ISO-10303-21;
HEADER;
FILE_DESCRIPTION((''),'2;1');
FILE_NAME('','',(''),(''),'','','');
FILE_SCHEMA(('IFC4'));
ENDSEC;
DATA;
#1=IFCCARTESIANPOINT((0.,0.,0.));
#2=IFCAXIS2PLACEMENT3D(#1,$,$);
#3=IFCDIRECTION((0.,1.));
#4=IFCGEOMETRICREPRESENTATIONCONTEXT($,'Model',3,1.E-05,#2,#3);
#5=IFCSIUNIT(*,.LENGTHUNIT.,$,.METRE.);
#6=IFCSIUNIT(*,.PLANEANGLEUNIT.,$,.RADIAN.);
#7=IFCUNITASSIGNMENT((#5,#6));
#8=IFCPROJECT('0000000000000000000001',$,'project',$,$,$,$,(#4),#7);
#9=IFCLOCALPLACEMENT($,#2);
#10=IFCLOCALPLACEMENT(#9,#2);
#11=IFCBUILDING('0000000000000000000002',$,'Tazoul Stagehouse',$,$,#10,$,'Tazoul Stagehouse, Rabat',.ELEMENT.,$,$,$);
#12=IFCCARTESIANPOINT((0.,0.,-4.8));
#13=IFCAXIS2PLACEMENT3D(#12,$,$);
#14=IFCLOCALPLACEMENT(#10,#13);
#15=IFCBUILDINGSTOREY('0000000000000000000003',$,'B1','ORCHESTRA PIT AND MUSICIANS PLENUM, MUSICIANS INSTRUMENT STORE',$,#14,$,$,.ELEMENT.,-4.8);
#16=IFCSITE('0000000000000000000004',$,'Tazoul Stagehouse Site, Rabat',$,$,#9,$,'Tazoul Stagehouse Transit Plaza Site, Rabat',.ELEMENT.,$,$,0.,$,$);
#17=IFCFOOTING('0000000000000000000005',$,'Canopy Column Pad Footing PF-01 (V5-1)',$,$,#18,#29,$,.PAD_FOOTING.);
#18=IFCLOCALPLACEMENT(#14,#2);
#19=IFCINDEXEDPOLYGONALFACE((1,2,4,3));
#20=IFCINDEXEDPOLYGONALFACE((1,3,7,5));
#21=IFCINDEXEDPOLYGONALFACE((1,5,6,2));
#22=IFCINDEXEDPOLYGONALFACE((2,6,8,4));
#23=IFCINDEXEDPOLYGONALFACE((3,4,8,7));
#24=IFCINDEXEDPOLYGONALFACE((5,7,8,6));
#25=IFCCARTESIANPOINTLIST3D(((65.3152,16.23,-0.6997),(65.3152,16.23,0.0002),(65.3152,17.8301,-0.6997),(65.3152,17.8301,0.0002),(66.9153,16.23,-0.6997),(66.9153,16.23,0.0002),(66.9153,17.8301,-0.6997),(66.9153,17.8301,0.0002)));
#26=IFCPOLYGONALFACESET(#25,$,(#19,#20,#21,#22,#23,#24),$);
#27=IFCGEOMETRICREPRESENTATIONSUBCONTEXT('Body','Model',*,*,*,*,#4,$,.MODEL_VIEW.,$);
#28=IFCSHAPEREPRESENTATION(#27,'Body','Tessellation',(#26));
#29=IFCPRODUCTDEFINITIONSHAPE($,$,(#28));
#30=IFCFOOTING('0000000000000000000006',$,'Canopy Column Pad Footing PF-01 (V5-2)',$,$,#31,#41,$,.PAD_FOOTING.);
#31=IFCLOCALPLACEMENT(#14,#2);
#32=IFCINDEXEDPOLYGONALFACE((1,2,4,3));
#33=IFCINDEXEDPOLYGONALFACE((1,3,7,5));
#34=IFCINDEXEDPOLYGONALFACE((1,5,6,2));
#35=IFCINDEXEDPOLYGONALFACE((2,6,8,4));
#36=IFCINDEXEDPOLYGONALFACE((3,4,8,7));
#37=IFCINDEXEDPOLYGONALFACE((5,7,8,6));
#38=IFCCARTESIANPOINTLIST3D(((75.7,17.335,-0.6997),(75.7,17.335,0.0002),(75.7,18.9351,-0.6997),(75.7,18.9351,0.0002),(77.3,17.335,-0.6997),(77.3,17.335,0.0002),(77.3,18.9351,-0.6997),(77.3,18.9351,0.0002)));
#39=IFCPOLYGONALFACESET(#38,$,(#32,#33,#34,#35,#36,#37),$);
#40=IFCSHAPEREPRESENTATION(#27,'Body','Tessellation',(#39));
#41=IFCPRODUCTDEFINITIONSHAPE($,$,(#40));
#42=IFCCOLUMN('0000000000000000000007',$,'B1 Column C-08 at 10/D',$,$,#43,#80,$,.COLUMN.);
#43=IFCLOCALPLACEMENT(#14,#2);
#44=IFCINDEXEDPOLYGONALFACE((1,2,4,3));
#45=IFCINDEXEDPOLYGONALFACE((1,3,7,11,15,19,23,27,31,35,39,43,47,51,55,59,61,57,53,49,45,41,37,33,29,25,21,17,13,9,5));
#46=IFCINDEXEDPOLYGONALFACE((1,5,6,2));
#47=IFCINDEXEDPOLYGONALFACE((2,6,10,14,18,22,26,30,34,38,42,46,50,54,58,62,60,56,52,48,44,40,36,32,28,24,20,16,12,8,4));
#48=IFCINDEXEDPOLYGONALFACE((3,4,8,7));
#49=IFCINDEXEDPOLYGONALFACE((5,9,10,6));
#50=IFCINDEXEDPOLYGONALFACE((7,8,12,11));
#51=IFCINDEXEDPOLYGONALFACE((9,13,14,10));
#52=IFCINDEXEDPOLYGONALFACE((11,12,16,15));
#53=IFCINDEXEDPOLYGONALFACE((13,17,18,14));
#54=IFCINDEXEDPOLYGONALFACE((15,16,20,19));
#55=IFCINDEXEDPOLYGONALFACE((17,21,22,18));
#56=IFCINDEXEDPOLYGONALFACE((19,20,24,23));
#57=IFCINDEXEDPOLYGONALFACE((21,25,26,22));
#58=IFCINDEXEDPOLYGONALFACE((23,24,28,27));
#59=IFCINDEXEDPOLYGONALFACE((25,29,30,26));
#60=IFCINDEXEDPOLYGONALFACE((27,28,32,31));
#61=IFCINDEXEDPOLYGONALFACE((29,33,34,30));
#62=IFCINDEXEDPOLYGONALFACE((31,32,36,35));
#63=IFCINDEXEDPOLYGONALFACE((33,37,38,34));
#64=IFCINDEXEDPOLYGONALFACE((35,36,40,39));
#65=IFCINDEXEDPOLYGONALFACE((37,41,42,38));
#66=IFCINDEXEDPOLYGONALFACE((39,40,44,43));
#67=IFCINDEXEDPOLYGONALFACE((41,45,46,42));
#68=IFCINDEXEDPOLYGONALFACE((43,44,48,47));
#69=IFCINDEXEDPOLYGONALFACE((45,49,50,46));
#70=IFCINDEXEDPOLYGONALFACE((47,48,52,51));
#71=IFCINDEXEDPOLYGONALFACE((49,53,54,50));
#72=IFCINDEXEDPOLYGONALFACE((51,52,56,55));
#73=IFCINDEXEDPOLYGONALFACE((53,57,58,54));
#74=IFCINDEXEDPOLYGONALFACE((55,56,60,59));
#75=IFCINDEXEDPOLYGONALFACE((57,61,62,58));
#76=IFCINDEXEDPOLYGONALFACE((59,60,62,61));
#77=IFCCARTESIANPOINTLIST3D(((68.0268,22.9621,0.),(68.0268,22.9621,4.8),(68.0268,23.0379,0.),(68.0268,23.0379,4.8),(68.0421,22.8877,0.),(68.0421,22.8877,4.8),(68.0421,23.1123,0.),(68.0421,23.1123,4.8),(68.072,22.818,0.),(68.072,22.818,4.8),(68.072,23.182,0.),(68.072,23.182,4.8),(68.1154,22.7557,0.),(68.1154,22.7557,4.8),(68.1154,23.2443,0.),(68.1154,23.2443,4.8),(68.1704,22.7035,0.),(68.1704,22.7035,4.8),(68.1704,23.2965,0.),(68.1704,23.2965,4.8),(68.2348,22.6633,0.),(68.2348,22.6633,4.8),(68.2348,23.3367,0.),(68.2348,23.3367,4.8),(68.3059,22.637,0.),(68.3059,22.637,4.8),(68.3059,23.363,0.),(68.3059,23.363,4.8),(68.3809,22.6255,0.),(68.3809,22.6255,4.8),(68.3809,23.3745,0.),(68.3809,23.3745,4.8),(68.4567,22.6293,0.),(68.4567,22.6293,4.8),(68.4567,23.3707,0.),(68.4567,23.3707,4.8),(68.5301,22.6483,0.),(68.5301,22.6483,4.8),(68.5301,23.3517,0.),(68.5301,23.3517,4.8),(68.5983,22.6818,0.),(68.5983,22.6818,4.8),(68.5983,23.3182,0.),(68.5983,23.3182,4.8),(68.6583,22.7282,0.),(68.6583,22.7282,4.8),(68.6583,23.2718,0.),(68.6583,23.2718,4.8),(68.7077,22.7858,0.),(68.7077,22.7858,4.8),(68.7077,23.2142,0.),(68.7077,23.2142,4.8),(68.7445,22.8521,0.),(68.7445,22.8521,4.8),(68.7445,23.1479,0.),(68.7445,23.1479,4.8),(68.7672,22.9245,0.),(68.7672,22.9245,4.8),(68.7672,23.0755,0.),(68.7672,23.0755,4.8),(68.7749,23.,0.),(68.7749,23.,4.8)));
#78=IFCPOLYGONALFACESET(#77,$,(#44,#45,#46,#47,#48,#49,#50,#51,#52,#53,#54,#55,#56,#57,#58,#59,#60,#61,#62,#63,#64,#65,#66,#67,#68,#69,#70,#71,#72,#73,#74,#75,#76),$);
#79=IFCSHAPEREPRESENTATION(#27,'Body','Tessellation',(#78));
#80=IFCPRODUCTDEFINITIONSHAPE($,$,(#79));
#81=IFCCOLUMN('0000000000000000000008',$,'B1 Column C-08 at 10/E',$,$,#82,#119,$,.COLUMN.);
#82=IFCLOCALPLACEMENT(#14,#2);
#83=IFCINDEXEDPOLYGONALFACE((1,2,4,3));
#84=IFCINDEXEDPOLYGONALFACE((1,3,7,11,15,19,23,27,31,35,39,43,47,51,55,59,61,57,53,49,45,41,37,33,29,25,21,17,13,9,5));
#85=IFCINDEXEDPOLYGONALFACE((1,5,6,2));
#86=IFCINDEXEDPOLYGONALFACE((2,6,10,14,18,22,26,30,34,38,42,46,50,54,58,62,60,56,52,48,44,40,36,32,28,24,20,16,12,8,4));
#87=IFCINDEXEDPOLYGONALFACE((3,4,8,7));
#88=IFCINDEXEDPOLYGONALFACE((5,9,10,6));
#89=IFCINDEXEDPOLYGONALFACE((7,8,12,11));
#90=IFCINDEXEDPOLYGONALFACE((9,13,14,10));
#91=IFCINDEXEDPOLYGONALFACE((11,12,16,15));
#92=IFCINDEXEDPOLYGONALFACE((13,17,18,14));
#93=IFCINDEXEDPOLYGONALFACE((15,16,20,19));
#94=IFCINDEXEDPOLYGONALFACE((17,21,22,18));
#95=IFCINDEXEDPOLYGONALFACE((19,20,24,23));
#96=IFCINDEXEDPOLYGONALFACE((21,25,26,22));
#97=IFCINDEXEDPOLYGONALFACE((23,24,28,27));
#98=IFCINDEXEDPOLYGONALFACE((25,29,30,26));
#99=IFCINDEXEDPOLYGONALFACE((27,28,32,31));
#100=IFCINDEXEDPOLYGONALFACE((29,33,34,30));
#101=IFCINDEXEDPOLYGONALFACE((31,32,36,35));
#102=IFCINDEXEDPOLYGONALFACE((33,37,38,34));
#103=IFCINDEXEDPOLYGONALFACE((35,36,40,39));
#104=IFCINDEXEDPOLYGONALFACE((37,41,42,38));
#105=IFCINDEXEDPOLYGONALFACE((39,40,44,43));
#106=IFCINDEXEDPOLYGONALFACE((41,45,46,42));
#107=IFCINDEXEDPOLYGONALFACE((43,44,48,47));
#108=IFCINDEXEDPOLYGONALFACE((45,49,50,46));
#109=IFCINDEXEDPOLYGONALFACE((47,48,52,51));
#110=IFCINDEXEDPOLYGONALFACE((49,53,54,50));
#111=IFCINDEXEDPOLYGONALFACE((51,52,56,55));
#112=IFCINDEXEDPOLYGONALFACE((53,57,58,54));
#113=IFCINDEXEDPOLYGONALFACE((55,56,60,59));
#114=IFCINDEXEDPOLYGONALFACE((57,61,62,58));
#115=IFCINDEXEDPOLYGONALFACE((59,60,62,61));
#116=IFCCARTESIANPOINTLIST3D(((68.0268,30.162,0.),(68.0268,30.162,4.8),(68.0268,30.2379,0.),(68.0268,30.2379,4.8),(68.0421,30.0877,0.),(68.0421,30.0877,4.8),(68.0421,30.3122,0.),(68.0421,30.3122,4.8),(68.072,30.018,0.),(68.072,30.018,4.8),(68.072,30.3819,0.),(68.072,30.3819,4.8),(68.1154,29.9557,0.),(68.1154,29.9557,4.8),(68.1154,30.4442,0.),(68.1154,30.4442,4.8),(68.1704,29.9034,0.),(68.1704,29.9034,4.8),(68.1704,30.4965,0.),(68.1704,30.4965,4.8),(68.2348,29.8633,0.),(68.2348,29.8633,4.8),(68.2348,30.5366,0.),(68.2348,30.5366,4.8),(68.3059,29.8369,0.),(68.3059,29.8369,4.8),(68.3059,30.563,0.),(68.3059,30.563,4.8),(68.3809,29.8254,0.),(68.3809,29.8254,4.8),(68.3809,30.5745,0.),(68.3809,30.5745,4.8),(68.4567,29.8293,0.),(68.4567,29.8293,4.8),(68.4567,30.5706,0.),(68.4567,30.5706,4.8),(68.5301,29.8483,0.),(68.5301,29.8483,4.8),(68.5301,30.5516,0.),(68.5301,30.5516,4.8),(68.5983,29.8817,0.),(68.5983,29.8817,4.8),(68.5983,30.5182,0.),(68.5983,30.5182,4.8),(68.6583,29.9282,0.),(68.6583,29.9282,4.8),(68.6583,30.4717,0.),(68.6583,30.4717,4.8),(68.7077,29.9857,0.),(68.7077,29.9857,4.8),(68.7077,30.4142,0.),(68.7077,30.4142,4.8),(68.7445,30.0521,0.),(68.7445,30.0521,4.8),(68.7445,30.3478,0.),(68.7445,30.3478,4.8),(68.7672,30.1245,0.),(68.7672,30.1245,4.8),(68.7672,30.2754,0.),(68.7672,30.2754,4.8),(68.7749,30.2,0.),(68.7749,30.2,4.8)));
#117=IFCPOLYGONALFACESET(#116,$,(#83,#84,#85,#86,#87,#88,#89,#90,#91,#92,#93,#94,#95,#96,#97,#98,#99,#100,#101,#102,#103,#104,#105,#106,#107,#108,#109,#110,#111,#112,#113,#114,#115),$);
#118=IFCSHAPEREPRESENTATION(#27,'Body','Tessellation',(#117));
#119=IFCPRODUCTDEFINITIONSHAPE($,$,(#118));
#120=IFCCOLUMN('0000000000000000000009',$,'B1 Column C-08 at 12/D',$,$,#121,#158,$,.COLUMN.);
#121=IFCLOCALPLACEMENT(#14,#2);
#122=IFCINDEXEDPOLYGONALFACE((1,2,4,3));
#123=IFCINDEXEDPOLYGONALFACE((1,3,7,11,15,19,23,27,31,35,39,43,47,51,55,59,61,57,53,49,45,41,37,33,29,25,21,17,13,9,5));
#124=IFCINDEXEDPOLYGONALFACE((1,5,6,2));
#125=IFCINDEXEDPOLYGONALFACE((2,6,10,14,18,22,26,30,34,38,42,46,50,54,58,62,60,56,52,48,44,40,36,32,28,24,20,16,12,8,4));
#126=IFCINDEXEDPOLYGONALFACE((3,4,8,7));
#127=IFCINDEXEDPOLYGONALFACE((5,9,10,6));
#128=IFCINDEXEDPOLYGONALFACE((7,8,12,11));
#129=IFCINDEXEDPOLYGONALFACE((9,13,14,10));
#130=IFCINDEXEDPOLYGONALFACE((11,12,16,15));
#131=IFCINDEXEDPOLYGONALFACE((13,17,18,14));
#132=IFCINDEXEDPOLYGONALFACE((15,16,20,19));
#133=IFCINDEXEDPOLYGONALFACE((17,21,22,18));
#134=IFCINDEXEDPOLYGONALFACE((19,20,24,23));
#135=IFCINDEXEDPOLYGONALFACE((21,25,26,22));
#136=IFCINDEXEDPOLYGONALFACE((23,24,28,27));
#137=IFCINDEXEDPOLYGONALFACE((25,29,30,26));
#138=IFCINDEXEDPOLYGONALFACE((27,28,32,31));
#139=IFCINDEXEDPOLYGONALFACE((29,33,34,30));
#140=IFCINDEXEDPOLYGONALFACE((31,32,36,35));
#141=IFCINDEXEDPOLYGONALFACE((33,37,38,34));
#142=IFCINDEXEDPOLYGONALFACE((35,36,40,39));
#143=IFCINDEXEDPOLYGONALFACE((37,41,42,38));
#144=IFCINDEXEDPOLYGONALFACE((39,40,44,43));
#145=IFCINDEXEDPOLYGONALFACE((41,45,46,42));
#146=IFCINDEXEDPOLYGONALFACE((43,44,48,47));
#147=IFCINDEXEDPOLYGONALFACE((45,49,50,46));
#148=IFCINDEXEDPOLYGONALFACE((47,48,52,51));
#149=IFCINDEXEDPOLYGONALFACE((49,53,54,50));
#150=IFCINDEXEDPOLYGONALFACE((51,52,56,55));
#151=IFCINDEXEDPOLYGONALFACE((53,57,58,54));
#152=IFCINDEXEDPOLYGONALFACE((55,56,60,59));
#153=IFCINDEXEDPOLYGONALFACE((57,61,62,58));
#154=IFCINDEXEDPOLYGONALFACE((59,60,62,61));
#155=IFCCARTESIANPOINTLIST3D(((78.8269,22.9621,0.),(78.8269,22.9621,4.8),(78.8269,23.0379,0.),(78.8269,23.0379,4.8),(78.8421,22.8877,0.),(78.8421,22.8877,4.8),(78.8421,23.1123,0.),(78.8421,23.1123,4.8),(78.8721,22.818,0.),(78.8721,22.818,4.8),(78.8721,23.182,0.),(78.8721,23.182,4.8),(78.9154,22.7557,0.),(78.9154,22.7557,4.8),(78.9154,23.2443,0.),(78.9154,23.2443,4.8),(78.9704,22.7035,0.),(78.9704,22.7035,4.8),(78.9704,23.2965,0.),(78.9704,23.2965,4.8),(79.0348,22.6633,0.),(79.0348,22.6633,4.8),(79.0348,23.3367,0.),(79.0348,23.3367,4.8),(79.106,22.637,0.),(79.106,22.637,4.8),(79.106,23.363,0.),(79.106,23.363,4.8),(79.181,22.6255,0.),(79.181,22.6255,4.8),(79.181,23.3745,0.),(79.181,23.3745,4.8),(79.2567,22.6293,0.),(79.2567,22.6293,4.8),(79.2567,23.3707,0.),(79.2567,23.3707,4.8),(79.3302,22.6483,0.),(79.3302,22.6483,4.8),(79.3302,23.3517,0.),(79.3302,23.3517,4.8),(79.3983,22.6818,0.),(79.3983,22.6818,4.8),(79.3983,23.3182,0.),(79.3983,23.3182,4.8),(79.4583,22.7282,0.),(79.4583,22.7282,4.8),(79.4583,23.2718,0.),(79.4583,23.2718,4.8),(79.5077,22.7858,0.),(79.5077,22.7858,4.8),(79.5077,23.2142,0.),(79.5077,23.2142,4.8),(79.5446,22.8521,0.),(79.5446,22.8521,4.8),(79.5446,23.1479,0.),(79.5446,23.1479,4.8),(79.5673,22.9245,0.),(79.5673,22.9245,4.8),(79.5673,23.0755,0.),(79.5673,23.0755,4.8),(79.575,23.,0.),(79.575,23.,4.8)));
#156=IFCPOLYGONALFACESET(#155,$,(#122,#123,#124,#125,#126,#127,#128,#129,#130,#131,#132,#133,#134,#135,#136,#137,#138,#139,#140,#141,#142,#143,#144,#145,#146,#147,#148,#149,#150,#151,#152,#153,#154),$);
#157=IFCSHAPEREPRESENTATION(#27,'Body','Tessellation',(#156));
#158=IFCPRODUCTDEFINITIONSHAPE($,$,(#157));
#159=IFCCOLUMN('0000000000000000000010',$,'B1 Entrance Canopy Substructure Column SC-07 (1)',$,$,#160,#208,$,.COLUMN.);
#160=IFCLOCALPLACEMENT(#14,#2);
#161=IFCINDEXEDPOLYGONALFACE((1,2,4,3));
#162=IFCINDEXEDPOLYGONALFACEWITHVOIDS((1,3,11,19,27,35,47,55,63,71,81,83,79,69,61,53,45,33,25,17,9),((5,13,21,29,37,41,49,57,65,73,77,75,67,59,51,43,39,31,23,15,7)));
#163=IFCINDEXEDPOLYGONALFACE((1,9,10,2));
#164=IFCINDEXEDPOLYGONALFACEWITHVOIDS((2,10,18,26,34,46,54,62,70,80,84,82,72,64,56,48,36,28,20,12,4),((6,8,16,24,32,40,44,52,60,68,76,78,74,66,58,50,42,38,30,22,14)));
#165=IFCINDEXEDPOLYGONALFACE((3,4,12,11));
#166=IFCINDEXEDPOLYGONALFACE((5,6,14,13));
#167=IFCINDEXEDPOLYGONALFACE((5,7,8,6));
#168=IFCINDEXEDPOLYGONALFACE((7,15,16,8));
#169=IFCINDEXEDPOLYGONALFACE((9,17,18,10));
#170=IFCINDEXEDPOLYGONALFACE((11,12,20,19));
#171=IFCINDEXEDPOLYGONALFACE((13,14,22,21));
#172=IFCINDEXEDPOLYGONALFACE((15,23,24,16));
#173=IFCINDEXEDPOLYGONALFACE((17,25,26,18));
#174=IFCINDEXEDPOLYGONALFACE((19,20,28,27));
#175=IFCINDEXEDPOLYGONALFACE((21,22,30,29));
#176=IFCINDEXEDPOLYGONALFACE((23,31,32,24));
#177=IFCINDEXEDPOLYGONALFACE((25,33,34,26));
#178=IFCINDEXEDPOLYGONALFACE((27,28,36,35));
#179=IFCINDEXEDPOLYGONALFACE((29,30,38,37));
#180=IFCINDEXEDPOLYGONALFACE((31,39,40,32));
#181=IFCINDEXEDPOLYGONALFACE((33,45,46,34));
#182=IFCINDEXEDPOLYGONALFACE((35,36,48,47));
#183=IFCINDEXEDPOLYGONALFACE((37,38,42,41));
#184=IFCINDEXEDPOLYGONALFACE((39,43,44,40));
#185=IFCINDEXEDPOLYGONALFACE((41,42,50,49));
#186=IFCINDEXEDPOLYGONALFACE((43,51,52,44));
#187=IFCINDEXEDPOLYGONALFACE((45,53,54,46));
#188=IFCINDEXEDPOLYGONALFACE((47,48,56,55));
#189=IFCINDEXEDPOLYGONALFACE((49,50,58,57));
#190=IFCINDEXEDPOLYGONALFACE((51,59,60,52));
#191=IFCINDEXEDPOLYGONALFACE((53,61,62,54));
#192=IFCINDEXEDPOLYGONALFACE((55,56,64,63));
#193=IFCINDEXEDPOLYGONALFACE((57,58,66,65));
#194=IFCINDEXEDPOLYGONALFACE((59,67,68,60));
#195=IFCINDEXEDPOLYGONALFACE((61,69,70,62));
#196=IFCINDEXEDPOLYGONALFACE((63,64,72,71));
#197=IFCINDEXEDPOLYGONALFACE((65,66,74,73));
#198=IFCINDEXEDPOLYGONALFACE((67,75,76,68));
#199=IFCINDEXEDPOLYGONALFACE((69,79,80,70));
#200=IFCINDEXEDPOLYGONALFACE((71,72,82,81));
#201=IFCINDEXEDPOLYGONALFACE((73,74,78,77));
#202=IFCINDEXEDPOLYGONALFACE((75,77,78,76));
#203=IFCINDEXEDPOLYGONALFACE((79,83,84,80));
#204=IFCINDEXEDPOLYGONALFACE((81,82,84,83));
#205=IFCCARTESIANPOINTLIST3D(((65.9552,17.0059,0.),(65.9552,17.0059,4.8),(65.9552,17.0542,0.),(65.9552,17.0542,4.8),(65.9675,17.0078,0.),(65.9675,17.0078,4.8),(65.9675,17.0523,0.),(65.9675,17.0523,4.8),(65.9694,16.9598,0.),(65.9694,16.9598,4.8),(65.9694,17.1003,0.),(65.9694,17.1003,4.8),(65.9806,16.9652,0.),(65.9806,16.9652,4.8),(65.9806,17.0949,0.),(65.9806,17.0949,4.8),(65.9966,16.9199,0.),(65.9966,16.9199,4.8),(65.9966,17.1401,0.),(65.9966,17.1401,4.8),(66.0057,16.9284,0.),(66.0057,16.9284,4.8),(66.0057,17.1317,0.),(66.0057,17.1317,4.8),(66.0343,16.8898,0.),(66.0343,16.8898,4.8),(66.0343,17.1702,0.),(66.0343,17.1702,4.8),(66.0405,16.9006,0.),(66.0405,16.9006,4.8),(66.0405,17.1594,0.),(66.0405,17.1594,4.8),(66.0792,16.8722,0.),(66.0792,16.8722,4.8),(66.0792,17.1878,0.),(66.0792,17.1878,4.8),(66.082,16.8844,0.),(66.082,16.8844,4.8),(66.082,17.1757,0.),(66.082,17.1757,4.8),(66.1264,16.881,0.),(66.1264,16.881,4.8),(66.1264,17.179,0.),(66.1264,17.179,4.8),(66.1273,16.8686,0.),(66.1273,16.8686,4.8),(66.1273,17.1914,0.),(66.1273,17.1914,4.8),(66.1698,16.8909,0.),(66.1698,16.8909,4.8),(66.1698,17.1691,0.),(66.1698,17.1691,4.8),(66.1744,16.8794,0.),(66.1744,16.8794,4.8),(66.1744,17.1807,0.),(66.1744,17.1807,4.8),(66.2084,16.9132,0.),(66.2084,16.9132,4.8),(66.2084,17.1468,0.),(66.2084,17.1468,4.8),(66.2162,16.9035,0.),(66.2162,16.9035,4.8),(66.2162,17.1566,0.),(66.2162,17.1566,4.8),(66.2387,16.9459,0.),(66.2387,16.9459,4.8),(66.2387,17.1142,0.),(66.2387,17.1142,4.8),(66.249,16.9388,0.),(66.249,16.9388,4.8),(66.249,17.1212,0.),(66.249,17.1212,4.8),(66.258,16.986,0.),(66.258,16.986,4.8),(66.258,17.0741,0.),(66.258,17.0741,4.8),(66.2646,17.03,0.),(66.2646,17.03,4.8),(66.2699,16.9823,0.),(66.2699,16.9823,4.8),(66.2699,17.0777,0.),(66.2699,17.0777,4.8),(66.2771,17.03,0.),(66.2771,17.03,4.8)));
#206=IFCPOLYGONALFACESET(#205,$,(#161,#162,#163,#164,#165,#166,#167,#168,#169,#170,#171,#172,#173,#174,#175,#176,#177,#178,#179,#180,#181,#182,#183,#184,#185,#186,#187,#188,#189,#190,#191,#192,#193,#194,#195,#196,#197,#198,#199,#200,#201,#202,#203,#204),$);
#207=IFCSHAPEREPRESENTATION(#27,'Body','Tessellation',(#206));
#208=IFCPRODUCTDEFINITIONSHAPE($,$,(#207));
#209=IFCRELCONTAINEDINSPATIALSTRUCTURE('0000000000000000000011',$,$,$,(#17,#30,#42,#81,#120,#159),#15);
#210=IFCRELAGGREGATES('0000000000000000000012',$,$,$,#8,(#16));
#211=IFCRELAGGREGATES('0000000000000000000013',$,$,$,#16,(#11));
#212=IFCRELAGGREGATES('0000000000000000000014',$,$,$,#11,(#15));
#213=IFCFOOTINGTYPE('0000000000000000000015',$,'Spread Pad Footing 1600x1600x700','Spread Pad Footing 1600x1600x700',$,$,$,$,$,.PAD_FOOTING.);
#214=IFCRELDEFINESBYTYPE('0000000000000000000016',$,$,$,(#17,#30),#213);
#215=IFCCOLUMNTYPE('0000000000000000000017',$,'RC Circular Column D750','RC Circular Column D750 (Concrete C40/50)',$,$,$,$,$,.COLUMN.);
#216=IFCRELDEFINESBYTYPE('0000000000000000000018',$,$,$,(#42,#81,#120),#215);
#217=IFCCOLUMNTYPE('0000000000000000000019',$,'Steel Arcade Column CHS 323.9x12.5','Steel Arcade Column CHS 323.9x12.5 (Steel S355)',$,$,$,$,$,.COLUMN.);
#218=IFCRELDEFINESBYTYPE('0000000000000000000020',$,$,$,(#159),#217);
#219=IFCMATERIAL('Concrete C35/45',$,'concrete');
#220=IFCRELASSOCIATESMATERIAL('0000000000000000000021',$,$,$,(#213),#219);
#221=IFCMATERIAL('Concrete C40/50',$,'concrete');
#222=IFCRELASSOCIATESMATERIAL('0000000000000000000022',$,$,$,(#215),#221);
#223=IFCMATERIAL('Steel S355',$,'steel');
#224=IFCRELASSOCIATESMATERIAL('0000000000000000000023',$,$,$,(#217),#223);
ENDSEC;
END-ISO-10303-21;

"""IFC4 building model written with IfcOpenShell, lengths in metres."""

from ifc_helpers import new_model, si_unit, direction, frame, origin, origin_2d, place, context, subcontext, project, spatial, rectangle, circle, hollow_circle, extrude, material, material_profile, profile_set, type_object, element, save


model = new_model("IFC4")

# Units and contexts
model_context = context("Model", 3, precision=1e-05, world=origin(), true_north=direction((0.0, 1.0)))
body_context = subcontext(model_context, "Body", "Model", "MODEL_VIEW")
ifc_project = project(units=[si_unit("LENGTHUNIT", "METRE"), si_unit("PLANEANGLEUNIT", "RADIAN")], contexts=[model_context])

# Site, building, storey
site_placement = place(None, origin())
site = spatial("IfcSite", under=ifc_project, at=site_placement, Name="Tazoul Stagehouse Site, Rabat", LongName="Tazoul Stagehouse Transit Plaza Site, Rabat", CompositionType="ELEMENT", RefElevation=0.0)
building_placement = place(site_placement, origin())
building = spatial("IfcBuilding", under=site, at=building_placement, Name="Tazoul Stagehouse", LongName="Tazoul Stagehouse, Rabat", CompositionType="ELEMENT")
storey_placement = place(building_placement, frame((0.0, 0.0, -4.8)))
storey = spatial("IfcBuildingStorey", under=building, at=storey_placement, Name="B1", Description="ORCHESTRA PIT AND MUSICIANS PLENUM, MUSICIANS INSTRUMENT STORE", CompositionType="ELEMENT", Elevation=-4.8)

# Shared definitions
ifc_material_1 = material(Name="Concrete C35/45", Category="concrete")

# Footings
footing_type_1 = type_object("IfcFootingType", Name="Spread Pad Footing 1600x1600x700", Description="Spread Pad Footing 1600x1600x700", PredefinedType="PAD_FOOTING", material=ifc_material_1)
for number, where, z_axis, x_axis, name in (
    (1, (66.1152, 17.03, -0.6997), (0.0, 0.0, 1.0), (1.0, 0.0, 0.0), "Canopy Column Pad Footing PF-01 (V5-1)"),
    (2, (76.5, 18.135, -0.6997), (0.0, 0.0, 1.0), (1.0, 0.0, 0.0), "Canopy Column Pad Footing PF-01 (V5-2)"),
):
    element("IfcFooting", number, at=place(storey_placement, frame(where, z_axis=z_axis, x_axis=x_axis)), inside=storey, type_object=footing_type_1, Name=name, PredefinedType="PAD_FOOTING", context=body_context, shape_type="SweptSolid", body=[
        extrude(rectangle(XDim=1.6001, YDim=1.6001, at=origin_2d()), origin(), (0.0, 0.0, 1.0), 0.7),
    ])

# Columns
ifc_material_2 = material(Name="Concrete C40/50", Category="concrete")
ifc_material_profile_1 = material_profile(ifc_material_2, circle(Radius=0.375, at=origin_2d()), Name="RC D750")
ifc_profile_set_1 = profile_set([ifc_material_profile_1], Name="Concrete C40/50")
column_type_1 = type_object("IfcColumnType", Name="RC Circular Column D750", Description="RC Circular Column D750 (Concrete C40/50)", PredefinedType="COLUMN", material=ifc_profile_set_1)
for number, where, z_axis, x_axis, name in (
    (3, (68.3999, 23.0, 0.0), (0.0, 0.0, 1.0), (1.0, 0.0, 0.0), "B1 Column C-08 at 10/D"),
    (4, (68.3999, 30.2, 0.0), (0.0, 0.0, 1.0), (1.0, 0.0, 0.0), "B1 Column C-08 at 10/E"),
    (5, (79.2, 23.0, 0.0), (0.0, 0.0, 1.0), (1.0, 0.0, 0.0), "B1 Column C-08 at 12/D"),
):
    element("IfcColumn", number, at=place(storey_placement, frame(where, z_axis=z_axis, x_axis=x_axis)), inside=storey, type_object=column_type_1, Name=name, PredefinedType="COLUMN", context=body_context, shape_type="SweptSolid", body=[
        extrude(circle(Radius=0.375, at=origin_2d()), origin(), (0.0, 0.0, 1.0), 4.8),
    ])
ifc_material_3 = material(Name="Steel S355", Category="steel")
ifc_material_profile_2 = material_profile(ifc_material_3, hollow_circle(Radius=0.1619, WallThickness=0.0125, at=origin_2d()), Name="CHS 323.9x12.5")
ifc_profile_set_2 = profile_set([ifc_material_profile_2], Name="Steel S355")
column_type_2 = type_object("IfcColumnType", Name="Steel Arcade Column CHS 323.9x12.5", Description="Steel Arcade Column CHS 323.9x12.5 (Steel S355)", PredefinedType="COLUMN", material=ifc_profile_set_2)
for number, where, z_axis, x_axis, name in (
    (6, (66.1152, 17.03, 0.0), (0.0, 0.0, 1.0), (1.0, 0.0, 0.0), "B1 Entrance Canopy Substructure Column SC-07 (1)"),
):
    element("IfcColumn", number, at=place(storey_placement, frame(where, z_axis=z_axis, x_axis=x_axis)), inside=storey, type_object=column_type_2, Name=name, PredefinedType="COLUMN", context=body_context, shape_type="SweptSolid", body=[
        extrude(hollow_circle(Radius=0.1619, WallThickness=0.0125, at=origin_2d()), origin(), (0.0, 0.0, 1.0), 4.8),
    ])

save(model, "model.ifc")
